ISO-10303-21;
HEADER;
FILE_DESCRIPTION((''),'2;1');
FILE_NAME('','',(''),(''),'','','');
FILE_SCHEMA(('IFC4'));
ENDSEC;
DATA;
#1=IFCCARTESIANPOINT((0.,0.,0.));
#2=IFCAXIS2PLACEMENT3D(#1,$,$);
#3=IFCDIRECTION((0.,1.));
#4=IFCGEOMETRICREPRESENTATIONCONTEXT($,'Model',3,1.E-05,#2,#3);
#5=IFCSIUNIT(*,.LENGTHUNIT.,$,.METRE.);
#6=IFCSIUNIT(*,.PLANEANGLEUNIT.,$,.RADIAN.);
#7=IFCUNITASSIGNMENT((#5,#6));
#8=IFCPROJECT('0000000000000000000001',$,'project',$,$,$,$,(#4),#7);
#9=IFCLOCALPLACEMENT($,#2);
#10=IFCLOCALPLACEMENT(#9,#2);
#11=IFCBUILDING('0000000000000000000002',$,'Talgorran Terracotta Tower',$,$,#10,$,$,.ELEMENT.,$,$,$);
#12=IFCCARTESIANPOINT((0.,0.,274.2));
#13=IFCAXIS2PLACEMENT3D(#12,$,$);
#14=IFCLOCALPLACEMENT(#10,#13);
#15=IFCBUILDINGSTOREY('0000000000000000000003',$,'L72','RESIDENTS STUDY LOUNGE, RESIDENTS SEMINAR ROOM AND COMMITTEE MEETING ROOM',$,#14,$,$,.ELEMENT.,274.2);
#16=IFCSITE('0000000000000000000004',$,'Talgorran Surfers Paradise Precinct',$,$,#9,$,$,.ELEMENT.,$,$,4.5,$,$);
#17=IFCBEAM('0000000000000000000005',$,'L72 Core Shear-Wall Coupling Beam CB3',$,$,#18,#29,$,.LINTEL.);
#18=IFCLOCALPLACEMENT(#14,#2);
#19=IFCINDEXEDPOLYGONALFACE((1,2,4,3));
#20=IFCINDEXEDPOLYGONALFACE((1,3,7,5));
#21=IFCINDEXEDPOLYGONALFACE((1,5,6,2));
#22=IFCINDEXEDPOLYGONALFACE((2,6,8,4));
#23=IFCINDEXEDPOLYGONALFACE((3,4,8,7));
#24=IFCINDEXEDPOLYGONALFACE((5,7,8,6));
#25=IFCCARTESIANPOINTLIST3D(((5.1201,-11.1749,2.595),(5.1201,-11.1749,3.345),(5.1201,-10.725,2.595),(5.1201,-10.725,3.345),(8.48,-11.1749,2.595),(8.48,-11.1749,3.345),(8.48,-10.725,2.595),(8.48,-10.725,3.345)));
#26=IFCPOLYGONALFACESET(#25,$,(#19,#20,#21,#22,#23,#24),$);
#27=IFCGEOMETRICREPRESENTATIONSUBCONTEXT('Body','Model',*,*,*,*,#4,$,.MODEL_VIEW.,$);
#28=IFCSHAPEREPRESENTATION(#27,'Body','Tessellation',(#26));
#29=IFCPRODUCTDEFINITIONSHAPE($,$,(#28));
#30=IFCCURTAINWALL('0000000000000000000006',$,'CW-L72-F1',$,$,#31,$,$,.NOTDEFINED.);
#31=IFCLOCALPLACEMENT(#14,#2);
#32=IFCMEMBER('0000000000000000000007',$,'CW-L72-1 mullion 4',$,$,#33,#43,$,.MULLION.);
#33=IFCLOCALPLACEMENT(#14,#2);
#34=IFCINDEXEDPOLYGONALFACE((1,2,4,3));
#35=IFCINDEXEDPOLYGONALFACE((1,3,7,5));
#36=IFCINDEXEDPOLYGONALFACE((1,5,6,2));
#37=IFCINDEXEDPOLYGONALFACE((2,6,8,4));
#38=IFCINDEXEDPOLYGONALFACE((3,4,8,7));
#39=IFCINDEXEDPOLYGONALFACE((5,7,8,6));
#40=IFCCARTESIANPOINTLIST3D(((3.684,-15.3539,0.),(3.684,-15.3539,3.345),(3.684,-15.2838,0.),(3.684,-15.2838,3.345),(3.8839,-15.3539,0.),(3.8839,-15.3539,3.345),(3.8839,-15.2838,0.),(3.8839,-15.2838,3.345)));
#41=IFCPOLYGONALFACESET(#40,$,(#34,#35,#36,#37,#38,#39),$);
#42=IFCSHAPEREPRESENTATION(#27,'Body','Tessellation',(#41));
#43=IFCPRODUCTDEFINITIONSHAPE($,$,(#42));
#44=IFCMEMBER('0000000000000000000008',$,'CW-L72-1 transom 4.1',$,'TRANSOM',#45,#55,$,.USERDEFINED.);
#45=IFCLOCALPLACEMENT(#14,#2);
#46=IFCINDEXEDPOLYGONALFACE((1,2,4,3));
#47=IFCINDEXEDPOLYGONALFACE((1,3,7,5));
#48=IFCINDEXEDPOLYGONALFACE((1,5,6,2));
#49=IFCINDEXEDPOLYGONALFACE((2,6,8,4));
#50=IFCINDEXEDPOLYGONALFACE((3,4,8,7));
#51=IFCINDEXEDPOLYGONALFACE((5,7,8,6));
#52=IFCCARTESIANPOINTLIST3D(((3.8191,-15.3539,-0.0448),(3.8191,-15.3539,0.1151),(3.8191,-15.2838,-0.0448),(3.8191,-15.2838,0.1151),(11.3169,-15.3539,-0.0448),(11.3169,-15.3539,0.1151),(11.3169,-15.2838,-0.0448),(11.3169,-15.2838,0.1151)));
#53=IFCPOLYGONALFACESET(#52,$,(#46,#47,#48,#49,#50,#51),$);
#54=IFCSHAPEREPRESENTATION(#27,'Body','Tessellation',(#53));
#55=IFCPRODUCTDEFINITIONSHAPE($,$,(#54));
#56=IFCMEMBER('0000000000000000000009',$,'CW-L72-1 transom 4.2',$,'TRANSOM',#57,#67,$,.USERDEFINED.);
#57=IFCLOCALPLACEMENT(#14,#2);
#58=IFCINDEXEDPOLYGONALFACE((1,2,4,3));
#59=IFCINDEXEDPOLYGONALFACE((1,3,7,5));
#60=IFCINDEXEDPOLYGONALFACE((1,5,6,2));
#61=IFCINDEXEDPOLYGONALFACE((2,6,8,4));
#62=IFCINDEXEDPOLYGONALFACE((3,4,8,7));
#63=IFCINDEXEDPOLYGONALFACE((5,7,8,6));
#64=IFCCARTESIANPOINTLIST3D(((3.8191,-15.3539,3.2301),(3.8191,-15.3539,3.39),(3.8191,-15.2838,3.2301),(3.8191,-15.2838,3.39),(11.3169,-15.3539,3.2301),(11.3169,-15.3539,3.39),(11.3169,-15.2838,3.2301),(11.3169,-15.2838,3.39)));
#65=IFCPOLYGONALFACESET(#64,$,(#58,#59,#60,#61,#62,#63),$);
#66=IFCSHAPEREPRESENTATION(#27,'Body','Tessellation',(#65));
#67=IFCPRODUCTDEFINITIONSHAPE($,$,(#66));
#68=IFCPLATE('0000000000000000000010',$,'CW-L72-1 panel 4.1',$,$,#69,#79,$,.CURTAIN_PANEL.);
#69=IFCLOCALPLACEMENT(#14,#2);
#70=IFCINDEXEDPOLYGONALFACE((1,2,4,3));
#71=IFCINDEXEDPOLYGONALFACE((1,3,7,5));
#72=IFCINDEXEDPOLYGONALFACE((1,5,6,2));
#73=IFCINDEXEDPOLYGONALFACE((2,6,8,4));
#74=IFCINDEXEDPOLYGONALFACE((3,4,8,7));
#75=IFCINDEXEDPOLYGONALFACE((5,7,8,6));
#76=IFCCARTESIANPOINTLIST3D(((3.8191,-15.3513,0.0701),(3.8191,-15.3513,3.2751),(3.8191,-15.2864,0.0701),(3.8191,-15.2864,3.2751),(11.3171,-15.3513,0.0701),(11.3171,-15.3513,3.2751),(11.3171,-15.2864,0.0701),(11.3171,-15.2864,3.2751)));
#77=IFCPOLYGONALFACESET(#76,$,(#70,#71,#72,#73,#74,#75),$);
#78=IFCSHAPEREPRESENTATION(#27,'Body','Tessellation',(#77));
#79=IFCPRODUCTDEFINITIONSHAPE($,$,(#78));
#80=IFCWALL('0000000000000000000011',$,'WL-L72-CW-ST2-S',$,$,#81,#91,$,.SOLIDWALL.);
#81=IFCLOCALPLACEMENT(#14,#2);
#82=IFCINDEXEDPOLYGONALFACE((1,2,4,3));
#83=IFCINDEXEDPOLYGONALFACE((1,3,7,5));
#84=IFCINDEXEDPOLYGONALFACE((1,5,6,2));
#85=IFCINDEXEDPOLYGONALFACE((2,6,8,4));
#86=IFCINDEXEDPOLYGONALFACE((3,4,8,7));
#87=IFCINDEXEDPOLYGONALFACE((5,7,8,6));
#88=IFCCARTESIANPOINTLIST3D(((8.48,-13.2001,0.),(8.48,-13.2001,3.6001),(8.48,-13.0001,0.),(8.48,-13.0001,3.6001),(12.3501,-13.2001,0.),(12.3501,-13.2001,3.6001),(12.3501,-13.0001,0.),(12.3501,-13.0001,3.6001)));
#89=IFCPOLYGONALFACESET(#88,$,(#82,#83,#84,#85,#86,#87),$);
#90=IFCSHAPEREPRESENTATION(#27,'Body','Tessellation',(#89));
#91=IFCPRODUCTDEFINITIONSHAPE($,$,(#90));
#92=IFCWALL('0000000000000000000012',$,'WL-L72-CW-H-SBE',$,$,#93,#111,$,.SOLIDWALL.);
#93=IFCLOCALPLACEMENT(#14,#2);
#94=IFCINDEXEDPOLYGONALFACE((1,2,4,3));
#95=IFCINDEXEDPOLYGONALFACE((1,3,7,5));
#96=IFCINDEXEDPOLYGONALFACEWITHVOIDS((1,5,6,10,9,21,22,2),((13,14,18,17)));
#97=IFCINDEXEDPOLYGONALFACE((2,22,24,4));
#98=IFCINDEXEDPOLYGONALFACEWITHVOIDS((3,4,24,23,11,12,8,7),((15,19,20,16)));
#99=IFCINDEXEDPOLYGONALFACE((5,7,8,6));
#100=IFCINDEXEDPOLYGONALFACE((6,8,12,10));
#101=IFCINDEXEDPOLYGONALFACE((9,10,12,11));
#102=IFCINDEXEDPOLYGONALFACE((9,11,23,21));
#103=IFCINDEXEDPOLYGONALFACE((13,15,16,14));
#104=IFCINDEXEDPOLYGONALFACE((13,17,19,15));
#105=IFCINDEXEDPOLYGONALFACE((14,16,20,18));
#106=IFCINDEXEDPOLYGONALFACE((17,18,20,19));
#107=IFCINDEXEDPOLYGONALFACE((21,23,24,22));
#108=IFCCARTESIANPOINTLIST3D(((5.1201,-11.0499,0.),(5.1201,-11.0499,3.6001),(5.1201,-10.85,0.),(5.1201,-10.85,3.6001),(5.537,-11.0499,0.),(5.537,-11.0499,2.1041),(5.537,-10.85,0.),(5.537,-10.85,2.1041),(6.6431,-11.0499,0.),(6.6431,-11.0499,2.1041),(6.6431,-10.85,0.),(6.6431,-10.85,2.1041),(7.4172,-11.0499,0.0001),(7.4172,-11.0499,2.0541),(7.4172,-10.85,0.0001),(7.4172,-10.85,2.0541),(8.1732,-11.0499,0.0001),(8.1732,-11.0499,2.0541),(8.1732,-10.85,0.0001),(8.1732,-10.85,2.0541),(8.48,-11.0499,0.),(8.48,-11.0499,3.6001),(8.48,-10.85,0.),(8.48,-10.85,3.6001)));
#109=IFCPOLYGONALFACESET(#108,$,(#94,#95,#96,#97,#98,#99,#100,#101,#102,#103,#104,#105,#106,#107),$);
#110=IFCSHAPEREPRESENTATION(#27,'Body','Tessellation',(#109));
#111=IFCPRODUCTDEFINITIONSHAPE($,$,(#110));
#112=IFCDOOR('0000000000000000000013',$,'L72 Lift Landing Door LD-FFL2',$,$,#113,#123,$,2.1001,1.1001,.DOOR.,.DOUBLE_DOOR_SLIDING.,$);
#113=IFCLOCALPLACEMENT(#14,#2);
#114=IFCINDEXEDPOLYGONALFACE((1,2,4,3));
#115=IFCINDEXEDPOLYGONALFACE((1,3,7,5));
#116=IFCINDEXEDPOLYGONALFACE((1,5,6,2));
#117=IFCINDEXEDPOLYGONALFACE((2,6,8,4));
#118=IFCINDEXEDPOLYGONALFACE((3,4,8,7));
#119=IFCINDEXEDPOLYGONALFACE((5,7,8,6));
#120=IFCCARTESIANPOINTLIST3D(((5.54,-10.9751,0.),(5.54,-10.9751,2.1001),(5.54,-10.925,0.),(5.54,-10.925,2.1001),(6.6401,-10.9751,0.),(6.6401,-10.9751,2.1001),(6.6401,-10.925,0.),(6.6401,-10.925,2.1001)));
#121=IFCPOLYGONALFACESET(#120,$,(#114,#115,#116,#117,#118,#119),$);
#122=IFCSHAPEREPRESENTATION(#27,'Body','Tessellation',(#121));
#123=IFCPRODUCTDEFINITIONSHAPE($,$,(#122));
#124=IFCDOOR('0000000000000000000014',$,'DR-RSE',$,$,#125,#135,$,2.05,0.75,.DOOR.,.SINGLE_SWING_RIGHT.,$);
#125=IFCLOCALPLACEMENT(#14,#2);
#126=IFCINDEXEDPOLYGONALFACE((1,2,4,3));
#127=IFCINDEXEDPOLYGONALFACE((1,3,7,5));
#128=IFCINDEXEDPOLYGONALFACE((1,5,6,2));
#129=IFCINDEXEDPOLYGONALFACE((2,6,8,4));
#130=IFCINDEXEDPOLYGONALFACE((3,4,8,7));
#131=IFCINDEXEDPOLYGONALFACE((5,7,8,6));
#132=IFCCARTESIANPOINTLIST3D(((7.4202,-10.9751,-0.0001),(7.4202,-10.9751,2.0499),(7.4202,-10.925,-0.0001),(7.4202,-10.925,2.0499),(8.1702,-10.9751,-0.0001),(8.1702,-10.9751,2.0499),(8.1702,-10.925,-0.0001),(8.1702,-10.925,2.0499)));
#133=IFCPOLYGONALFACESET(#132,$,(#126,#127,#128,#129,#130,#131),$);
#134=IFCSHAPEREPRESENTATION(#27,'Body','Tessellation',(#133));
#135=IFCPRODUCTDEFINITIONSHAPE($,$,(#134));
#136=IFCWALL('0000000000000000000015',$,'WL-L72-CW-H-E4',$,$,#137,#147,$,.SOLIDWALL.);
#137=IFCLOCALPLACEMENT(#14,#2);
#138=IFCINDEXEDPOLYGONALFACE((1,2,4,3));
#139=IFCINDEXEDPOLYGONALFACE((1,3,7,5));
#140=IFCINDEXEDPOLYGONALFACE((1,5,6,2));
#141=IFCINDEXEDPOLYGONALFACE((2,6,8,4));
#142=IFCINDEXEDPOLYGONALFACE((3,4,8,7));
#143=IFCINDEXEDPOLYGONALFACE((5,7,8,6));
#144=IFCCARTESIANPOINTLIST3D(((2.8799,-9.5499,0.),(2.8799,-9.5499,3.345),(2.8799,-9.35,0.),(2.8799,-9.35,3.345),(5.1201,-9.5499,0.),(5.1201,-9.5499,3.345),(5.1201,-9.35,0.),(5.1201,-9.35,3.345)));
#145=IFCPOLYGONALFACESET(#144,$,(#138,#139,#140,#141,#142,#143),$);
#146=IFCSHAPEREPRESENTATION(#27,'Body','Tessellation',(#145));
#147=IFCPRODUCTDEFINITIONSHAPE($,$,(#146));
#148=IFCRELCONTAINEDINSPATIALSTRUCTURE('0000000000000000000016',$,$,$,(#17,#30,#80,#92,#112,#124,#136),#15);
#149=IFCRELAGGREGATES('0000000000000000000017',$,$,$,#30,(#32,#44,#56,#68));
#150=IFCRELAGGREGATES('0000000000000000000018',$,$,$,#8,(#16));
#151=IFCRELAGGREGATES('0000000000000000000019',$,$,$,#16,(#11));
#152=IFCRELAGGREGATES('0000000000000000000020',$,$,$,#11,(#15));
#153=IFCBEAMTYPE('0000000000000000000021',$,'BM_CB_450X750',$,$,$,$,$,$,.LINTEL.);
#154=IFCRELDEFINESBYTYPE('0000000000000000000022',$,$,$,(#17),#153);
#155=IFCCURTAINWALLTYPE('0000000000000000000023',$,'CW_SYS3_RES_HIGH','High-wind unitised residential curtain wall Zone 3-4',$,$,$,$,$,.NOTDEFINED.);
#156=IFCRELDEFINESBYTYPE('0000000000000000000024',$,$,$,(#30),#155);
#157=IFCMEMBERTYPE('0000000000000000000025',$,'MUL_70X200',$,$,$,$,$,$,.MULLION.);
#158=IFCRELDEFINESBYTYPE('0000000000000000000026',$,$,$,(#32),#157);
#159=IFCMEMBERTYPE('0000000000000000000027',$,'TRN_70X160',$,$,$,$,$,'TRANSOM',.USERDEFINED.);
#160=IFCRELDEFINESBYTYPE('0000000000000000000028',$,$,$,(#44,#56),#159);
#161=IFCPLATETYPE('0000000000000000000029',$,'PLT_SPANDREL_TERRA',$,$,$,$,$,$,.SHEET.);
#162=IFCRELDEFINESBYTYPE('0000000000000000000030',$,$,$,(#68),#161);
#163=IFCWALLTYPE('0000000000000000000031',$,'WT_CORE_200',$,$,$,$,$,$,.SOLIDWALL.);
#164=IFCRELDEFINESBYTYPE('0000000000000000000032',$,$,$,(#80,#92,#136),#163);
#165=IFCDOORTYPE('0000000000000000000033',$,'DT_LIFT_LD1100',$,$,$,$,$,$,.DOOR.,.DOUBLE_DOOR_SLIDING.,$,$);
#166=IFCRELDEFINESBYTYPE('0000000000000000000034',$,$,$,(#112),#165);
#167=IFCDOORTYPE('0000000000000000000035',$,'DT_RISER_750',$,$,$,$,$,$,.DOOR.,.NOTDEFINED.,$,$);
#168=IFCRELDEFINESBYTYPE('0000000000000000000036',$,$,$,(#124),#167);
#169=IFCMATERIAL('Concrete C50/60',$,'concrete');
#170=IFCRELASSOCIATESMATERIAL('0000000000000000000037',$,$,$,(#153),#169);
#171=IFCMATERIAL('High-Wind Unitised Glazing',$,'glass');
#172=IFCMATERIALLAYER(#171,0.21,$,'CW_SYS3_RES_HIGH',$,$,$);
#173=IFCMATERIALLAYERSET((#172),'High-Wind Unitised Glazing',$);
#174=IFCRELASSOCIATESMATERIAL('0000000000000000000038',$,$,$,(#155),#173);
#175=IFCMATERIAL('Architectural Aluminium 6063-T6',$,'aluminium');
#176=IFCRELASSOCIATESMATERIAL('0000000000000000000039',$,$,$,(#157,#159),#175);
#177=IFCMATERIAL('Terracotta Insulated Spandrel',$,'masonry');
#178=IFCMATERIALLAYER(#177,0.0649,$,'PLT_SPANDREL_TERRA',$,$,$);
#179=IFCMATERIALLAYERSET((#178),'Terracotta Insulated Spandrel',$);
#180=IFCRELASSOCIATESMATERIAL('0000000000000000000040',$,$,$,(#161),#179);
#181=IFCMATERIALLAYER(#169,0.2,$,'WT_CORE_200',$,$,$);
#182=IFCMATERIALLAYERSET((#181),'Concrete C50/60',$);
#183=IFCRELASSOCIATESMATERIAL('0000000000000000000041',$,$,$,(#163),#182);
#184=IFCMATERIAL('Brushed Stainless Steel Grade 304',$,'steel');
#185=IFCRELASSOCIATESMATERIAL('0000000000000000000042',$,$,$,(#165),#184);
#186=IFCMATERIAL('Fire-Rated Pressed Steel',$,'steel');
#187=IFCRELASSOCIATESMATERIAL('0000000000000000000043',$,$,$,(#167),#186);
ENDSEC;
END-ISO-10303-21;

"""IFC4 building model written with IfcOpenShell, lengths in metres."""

from ifc_helpers import new_model, si_unit, direction, frame, frame_2d, origin, origin_2d, place, context, subcontext, project, spatial, rectangle, extrude, source, transform, mapped, material, layer, layer_set, material_profile, profile_set, type_object, type_shapes, element, fill, aggregate, save


model = new_model("IFC4")

# Units and contexts
model_context = context("Model", 3, precision=1e-05, world=origin(), true_north=direction((0.0, 1.0)))
body_context = subcontext(model_context, "Body", "Model", "MODEL_VIEW")
ifc_project = project(units=[si_unit("LENGTHUNIT", "METRE"), si_unit("PLANEANGLEUNIT", "RADIAN")], contexts=[model_context])

# Site, building, storey
site_placement = place(None, origin())
site = spatial("IfcSite", under=ifc_project, at=site_placement, Name="Talgorran Surfers Paradise Precinct", CompositionType="ELEMENT", RefElevation=4.5)
building_placement = place(site_placement, origin())
building = spatial("IfcBuilding", under=site, at=building_placement, Name="Talgorran Terracotta Tower", CompositionType="ELEMENT")
storey_placement = place(building_placement, frame((0.0, 0.0, 274.2)))
storey = spatial("IfcBuildingStorey", under=building, at=storey_placement, Name="L72", Description="RESIDENTS STUDY LOUNGE, RESIDENTS SEMINAR ROOM AND COMMITTEE MEETING ROOM", CompositionType="ELEMENT", Elevation=274.2)

# Beam
ifc_material_1 = material(Name="Concrete C50/60", Category="concrete")
ifc_material_profile_1 = material_profile(ifc_material_1, rectangle(XDim=0.45, YDim=0.75, at=origin_2d()), Name="RCCB450X750")
ifc_profile_set_1 = profile_set([ifc_material_profile_1], Name="Concrete C50/60")
beam_type = type_object("IfcBeamType", Name="BM_CB_450X750", PredefinedType="LINTEL", material=ifc_profile_set_1)
beam_placement = place(storey_placement, frame((5.1201, -10.95, 2.97), z_axis=(1.0, 0.0, 0.0), x_axis=(0.0, 1.0, 0.0)))
element("IfcBeam", 1, at=beam_placement, inside=storey, type_object=beam_type, Name="L72 Core Shear-Wall Coupling Beam CB3", PredefinedType="LINTEL", context=body_context, shape_type="SweptSolid", body=[
    extrude(rectangle(XDim=0.45, YDim=0.75, at=origin_2d()), origin(), (0.0, 0.0, 1.0), 3.3599),
])

# Curtain wall, members, plate
ifc_material_2 = material(Name="High-Wind Unitised Glazing", Category="glass")
ifc_layer_1 = layer(ifc_material_2, 0.21, Name="CW_SYS3_RES_HIGH")
ifc_layer_set_1 = layer_set([ifc_layer_1], Name="High-Wind Unitised Glazing")
curtain_wall_type = type_object("IfcCurtainWallType", Name="CW_SYS3_RES_HIGH", Description="High-wind unitised residential curtain wall Zone 3-4", PredefinedType="NOTDEFINED", material=ifc_layer_set_1)
curtain_wall_placement = place(storey_placement, origin())
curtain_wall = element("IfcCurtainWall", 2, at=curtain_wall_placement, inside=storey, type_object=curtain_wall_type, Name="CW-L72-F1", PredefinedType="NOTDEFINED")
ifc_material_3 = material(Name="Architectural Aluminium 6063-T6", Category="aluminium")
ifc_material_profile_2 = material_profile(ifc_material_3, rectangle(XDim=0.0701, YDim=0.2, at=origin_2d()), Name="CWM70X200")
ifc_profile_set_2 = profile_set([ifc_material_profile_2], Name="Architectural Aluminium 6063-T6")
member_type_1 = type_object("IfcMemberType", Name="MUL_70X200", PredefinedType="MULLION", material=ifc_profile_set_2)
member_1_placement = place(storey_placement, frame((3.7839, -15.3188, 0.0), z_axis=(0.0, 0.0, 1.0), x_axis=(0.0, 1.0, 0.0)))
member_1 = element("IfcMember", 3, at=member_1_placement, type_object=member_type_1, Name="CW-L72-1 mullion 4", PredefinedType="MULLION", context=body_context, shape_type="SweptSolid", body=[
    extrude(rectangle(XDim=0.0701, YDim=0.2, at=origin_2d()), origin(), (0.0, 0.0, 1.0), 3.345),
])
ifc_material_profile_3 = material_profile(ifc_material_3, rectangle(XDim=0.0701, YDim=0.1599, at=origin_2d()), Name="CWT70X160")
ifc_profile_set_3 = profile_set([ifc_material_profile_3], Name="Architectural Aluminium 6063-T6")
member_type_2 = type_object("IfcMemberType", Name="TRN_70X160", ElementType="TRANSOM", PredefinedType="USERDEFINED", material=ifc_profile_set_3)
member_2_placement = place(storey_placement, frame((3.8191, -15.3188, 0.0352), z_axis=(1.0, 0.0, 0.0), x_axis=(0.0, 1.0, 0.0)))
member_2 = element("IfcMember", 4, at=member_2_placement, type_object=member_type_2, Name="CW-L72-1 transom 4.1", ObjectType="TRANSOM", PredefinedType="USERDEFINED", context=body_context, shape_type="SweptSolid", body=[
    extrude(rectangle(XDim=0.0701, YDim=0.1599, at=origin_2d()), origin(), (0.0, 0.0, 1.0), 7.4978),
])
member_3_placement = place(storey_placement, frame((3.8191, -15.3188, 3.3101), z_axis=(1.0, 0.0, 0.0), x_axis=(0.0, 1.0, 0.0)))
member_3 = element("IfcMember", 5, at=member_3_placement, type_object=member_type_2, Name="CW-L72-1 transom 4.2", ObjectType="TRANSOM", PredefinedType="USERDEFINED", context=body_context, shape_type="SweptSolid", body=[
    extrude(rectangle(XDim=0.0701, YDim=0.1599, at=origin_2d()), origin(), (0.0, 0.0, 1.0), 7.4978),
])
ifc_material_4 = material(Name="Terracotta Insulated Spandrel", Category="masonry")
ifc_layer_2 = layer(ifc_material_4, 0.0649, Name="PLT_SPANDREL_TERRA")
ifc_layer_set_2 = layer_set([ifc_layer_2], Name="Terracotta Insulated Spandrel")
plate_type = type_object("IfcPlateType", Name="PLT_SPANDREL_TERRA", PredefinedType="SHEET", material=ifc_layer_set_2)
shared_shape = source(origin(), body_context, "Body", "SweptSolid", [
    extrude(rectangle(XDim=7.498, YDim=0.0649, at=origin_2d()), origin(), (0.0, 0.0, 1.0), 3.2051),
])
type_shapes(plate_type, [shared_shape])
plate_placement = place(storey_placement, frame((7.5681, -15.3188, 0.0701), z_axis=(0.0, 0.0, 1.0), x_axis=(1.0, 0.0, 0.0)))
plate = element("IfcPlate", 6, at=plate_placement, type_object=plate_type, Name="CW-L72-1 panel 4.1", PredefinedType="CURTAIN_PANEL", context=body_context, shape_type="MappedRepresentation", body=[
    mapped(shared_shape, transform((0.0, 0.0, 0.0), scale=1.0)),
])
aggregate(curtain_wall, [member_1, member_2, member_3, plate])

# Wall
ifc_layer_3 = layer(ifc_material_1, 0.2, Name="WT_CORE_200")
ifc_layer_set_3 = layer_set([ifc_layer_3], Name="Concrete C50/60")
wall_type_1 = type_object("IfcWallType", Name="WT_CORE_200", PredefinedType="SOLIDWALL", material=ifc_layer_set_3)
wall_1_placement = place(storey_placement, frame((8.48, -13.1001, 0.0), z_axis=(0.0, 0.0, 1.0), x_axis=(1.0, 0.0, 0.0)))
element("IfcWall", 7, at=wall_1_placement, inside=storey, type_object=wall_type_1, Name="WL-L72-CW-ST2-S", PredefinedType="SOLIDWALL", context=body_context, shape_type="SweptSolid", body=[
    extrude(rectangle(XDim=3.8701, YDim=0.2, at=frame_2d((1.9351, 0.0))), origin(), (0.0, 0.0, 1.0), 3.6001),
])

# Wall, openings, doors
wall_2_placement = place(storey_placement, frame((5.1201, -10.95, 0.0), z_axis=(0.0, 0.0, 1.0), x_axis=(1.0, 0.0, 0.0)))
wall_2 = element("IfcWall", 8, at=wall_2_placement, inside=storey, type_object=wall_type_1, Name="WL-L72-CW-H-SBE", PredefinedType="SOLIDWALL", context=body_context, shape_type="SweptSolid", body=[
    extrude(rectangle(XDim=3.3599, YDim=0.2, at=frame_2d((1.6799, 0.0))), origin(), (0.0, 0.0, 1.0), 3.6001),
])
opening_1_placement = place(wall_2_placement, frame((0.4199, 0.0, 0.0)))
opening_1 = element("IfcOpeningElement", 9, at=opening_1_placement, cuts=wall_2, PredefinedType="OPENING", context=body_context, shape_type="SweptSolid", body=[
    extrude(rectangle(XDim=1.1061, YDim=2.1041, at=frame_2d((0.55, 1.052))), frame((0.0, 0.1099, 0.0), z_axis=(0.0, -1.0, 0.0), x_axis=(1.0, 0.0, 0.0)), (0.0, 0.0, 1.0), 0.22),
])
opening_2_placement = place(wall_2_placement, frame((2.3, 0.0, 0.0)))
opening_2 = element("IfcOpeningElement", 10, at=opening_2_placement, cuts=wall_2, PredefinedType="OPENING", context=body_context, shape_type="SweptSolid", body=[
    extrude(rectangle(XDim=0.756, YDim=2.054, at=frame_2d((0.375, 1.0271))), frame((0.0, 0.1099, 0.0), z_axis=(0.0, -1.0, 0.0), x_axis=(1.0, 0.0, 0.0)), (0.0, 0.0, 1.0), 0.22),
])
ifc_material_5 = material(Name="Brushed Stainless Steel Grade 304", Category="steel")
door_type_1 = type_object("IfcDoorType", Name="DT_LIFT_LD1100", OperationType="DOUBLE_DOOR_SLIDING", PredefinedType="DOOR", material=ifc_material_5)
door_1_placement = place(opening_1_placement, origin())
door_1 = element("IfcDoor", 11, at=door_1_placement, inside=storey, type_object=door_type_1, Name="L72 Lift Landing Door LD-FFL2", OperationType="DOUBLE_DOOR_SLIDING", OverallHeight=2.1001, OverallWidth=1.1001, PredefinedType="DOOR", context=body_context, shape_type="SweptSolid", body=[
    extrude(rectangle(XDim=1.1001, YDim=2.1001, at=frame_2d((0.55, 1.05))), frame((0.0, 0.0249, 0.0), z_axis=(0.0, -1.0, 0.0), x_axis=(1.0, 0.0, 0.0)), (0.0, 0.0, 1.0), 0.05),
])
fill(opening_1, door_1)
ifc_material_6 = material(Name="Fire-Rated Pressed Steel", Category="steel")
door_type_2 = type_object("IfcDoorType", Name="DT_RISER_750", OperationType="NOTDEFINED", PredefinedType="DOOR", material=ifc_material_6)
door_2_placement = place(opening_2_placement, origin())
door_2 = element("IfcDoor", 12, at=door_2_placement, inside=storey, type_object=door_type_2, Name="DR-RSE", OperationType="SINGLE_SWING_RIGHT", OverallHeight=2.05, OverallWidth=0.75, PredefinedType="DOOR", context=body_context, shape_type="SweptSolid", body=[
    extrude(rectangle(XDim=0.75, YDim=2.05, at=frame_2d((0.375, 1.0249))), frame((0.0, 0.0249, 0.0), z_axis=(0.0, -1.0, 0.0), x_axis=(1.0, 0.0, 0.0)), (0.0, 0.0, 1.0), 0.05),
])
fill(opening_2, door_2)

# Wall
wall_3_placement = place(storey_placement, frame((2.8799, -9.45, 0.0), z_axis=(0.0, 0.0, 1.0), x_axis=(1.0, 0.0, 0.0)))
element("IfcWall", 13, at=wall_3_placement, inside=storey, type_object=wall_type_1, Name="WL-L72-CW-H-E4", PredefinedType="SOLIDWALL", context=body_context, shape_type="SweptSolid", body=[
    extrude(rectangle(XDim=2.2402, YDim=0.2, at=frame_2d((1.1201, 0.0))), origin(), (0.0, 0.0, 1.0), 3.345),
])

save(model, "model.ifc")
